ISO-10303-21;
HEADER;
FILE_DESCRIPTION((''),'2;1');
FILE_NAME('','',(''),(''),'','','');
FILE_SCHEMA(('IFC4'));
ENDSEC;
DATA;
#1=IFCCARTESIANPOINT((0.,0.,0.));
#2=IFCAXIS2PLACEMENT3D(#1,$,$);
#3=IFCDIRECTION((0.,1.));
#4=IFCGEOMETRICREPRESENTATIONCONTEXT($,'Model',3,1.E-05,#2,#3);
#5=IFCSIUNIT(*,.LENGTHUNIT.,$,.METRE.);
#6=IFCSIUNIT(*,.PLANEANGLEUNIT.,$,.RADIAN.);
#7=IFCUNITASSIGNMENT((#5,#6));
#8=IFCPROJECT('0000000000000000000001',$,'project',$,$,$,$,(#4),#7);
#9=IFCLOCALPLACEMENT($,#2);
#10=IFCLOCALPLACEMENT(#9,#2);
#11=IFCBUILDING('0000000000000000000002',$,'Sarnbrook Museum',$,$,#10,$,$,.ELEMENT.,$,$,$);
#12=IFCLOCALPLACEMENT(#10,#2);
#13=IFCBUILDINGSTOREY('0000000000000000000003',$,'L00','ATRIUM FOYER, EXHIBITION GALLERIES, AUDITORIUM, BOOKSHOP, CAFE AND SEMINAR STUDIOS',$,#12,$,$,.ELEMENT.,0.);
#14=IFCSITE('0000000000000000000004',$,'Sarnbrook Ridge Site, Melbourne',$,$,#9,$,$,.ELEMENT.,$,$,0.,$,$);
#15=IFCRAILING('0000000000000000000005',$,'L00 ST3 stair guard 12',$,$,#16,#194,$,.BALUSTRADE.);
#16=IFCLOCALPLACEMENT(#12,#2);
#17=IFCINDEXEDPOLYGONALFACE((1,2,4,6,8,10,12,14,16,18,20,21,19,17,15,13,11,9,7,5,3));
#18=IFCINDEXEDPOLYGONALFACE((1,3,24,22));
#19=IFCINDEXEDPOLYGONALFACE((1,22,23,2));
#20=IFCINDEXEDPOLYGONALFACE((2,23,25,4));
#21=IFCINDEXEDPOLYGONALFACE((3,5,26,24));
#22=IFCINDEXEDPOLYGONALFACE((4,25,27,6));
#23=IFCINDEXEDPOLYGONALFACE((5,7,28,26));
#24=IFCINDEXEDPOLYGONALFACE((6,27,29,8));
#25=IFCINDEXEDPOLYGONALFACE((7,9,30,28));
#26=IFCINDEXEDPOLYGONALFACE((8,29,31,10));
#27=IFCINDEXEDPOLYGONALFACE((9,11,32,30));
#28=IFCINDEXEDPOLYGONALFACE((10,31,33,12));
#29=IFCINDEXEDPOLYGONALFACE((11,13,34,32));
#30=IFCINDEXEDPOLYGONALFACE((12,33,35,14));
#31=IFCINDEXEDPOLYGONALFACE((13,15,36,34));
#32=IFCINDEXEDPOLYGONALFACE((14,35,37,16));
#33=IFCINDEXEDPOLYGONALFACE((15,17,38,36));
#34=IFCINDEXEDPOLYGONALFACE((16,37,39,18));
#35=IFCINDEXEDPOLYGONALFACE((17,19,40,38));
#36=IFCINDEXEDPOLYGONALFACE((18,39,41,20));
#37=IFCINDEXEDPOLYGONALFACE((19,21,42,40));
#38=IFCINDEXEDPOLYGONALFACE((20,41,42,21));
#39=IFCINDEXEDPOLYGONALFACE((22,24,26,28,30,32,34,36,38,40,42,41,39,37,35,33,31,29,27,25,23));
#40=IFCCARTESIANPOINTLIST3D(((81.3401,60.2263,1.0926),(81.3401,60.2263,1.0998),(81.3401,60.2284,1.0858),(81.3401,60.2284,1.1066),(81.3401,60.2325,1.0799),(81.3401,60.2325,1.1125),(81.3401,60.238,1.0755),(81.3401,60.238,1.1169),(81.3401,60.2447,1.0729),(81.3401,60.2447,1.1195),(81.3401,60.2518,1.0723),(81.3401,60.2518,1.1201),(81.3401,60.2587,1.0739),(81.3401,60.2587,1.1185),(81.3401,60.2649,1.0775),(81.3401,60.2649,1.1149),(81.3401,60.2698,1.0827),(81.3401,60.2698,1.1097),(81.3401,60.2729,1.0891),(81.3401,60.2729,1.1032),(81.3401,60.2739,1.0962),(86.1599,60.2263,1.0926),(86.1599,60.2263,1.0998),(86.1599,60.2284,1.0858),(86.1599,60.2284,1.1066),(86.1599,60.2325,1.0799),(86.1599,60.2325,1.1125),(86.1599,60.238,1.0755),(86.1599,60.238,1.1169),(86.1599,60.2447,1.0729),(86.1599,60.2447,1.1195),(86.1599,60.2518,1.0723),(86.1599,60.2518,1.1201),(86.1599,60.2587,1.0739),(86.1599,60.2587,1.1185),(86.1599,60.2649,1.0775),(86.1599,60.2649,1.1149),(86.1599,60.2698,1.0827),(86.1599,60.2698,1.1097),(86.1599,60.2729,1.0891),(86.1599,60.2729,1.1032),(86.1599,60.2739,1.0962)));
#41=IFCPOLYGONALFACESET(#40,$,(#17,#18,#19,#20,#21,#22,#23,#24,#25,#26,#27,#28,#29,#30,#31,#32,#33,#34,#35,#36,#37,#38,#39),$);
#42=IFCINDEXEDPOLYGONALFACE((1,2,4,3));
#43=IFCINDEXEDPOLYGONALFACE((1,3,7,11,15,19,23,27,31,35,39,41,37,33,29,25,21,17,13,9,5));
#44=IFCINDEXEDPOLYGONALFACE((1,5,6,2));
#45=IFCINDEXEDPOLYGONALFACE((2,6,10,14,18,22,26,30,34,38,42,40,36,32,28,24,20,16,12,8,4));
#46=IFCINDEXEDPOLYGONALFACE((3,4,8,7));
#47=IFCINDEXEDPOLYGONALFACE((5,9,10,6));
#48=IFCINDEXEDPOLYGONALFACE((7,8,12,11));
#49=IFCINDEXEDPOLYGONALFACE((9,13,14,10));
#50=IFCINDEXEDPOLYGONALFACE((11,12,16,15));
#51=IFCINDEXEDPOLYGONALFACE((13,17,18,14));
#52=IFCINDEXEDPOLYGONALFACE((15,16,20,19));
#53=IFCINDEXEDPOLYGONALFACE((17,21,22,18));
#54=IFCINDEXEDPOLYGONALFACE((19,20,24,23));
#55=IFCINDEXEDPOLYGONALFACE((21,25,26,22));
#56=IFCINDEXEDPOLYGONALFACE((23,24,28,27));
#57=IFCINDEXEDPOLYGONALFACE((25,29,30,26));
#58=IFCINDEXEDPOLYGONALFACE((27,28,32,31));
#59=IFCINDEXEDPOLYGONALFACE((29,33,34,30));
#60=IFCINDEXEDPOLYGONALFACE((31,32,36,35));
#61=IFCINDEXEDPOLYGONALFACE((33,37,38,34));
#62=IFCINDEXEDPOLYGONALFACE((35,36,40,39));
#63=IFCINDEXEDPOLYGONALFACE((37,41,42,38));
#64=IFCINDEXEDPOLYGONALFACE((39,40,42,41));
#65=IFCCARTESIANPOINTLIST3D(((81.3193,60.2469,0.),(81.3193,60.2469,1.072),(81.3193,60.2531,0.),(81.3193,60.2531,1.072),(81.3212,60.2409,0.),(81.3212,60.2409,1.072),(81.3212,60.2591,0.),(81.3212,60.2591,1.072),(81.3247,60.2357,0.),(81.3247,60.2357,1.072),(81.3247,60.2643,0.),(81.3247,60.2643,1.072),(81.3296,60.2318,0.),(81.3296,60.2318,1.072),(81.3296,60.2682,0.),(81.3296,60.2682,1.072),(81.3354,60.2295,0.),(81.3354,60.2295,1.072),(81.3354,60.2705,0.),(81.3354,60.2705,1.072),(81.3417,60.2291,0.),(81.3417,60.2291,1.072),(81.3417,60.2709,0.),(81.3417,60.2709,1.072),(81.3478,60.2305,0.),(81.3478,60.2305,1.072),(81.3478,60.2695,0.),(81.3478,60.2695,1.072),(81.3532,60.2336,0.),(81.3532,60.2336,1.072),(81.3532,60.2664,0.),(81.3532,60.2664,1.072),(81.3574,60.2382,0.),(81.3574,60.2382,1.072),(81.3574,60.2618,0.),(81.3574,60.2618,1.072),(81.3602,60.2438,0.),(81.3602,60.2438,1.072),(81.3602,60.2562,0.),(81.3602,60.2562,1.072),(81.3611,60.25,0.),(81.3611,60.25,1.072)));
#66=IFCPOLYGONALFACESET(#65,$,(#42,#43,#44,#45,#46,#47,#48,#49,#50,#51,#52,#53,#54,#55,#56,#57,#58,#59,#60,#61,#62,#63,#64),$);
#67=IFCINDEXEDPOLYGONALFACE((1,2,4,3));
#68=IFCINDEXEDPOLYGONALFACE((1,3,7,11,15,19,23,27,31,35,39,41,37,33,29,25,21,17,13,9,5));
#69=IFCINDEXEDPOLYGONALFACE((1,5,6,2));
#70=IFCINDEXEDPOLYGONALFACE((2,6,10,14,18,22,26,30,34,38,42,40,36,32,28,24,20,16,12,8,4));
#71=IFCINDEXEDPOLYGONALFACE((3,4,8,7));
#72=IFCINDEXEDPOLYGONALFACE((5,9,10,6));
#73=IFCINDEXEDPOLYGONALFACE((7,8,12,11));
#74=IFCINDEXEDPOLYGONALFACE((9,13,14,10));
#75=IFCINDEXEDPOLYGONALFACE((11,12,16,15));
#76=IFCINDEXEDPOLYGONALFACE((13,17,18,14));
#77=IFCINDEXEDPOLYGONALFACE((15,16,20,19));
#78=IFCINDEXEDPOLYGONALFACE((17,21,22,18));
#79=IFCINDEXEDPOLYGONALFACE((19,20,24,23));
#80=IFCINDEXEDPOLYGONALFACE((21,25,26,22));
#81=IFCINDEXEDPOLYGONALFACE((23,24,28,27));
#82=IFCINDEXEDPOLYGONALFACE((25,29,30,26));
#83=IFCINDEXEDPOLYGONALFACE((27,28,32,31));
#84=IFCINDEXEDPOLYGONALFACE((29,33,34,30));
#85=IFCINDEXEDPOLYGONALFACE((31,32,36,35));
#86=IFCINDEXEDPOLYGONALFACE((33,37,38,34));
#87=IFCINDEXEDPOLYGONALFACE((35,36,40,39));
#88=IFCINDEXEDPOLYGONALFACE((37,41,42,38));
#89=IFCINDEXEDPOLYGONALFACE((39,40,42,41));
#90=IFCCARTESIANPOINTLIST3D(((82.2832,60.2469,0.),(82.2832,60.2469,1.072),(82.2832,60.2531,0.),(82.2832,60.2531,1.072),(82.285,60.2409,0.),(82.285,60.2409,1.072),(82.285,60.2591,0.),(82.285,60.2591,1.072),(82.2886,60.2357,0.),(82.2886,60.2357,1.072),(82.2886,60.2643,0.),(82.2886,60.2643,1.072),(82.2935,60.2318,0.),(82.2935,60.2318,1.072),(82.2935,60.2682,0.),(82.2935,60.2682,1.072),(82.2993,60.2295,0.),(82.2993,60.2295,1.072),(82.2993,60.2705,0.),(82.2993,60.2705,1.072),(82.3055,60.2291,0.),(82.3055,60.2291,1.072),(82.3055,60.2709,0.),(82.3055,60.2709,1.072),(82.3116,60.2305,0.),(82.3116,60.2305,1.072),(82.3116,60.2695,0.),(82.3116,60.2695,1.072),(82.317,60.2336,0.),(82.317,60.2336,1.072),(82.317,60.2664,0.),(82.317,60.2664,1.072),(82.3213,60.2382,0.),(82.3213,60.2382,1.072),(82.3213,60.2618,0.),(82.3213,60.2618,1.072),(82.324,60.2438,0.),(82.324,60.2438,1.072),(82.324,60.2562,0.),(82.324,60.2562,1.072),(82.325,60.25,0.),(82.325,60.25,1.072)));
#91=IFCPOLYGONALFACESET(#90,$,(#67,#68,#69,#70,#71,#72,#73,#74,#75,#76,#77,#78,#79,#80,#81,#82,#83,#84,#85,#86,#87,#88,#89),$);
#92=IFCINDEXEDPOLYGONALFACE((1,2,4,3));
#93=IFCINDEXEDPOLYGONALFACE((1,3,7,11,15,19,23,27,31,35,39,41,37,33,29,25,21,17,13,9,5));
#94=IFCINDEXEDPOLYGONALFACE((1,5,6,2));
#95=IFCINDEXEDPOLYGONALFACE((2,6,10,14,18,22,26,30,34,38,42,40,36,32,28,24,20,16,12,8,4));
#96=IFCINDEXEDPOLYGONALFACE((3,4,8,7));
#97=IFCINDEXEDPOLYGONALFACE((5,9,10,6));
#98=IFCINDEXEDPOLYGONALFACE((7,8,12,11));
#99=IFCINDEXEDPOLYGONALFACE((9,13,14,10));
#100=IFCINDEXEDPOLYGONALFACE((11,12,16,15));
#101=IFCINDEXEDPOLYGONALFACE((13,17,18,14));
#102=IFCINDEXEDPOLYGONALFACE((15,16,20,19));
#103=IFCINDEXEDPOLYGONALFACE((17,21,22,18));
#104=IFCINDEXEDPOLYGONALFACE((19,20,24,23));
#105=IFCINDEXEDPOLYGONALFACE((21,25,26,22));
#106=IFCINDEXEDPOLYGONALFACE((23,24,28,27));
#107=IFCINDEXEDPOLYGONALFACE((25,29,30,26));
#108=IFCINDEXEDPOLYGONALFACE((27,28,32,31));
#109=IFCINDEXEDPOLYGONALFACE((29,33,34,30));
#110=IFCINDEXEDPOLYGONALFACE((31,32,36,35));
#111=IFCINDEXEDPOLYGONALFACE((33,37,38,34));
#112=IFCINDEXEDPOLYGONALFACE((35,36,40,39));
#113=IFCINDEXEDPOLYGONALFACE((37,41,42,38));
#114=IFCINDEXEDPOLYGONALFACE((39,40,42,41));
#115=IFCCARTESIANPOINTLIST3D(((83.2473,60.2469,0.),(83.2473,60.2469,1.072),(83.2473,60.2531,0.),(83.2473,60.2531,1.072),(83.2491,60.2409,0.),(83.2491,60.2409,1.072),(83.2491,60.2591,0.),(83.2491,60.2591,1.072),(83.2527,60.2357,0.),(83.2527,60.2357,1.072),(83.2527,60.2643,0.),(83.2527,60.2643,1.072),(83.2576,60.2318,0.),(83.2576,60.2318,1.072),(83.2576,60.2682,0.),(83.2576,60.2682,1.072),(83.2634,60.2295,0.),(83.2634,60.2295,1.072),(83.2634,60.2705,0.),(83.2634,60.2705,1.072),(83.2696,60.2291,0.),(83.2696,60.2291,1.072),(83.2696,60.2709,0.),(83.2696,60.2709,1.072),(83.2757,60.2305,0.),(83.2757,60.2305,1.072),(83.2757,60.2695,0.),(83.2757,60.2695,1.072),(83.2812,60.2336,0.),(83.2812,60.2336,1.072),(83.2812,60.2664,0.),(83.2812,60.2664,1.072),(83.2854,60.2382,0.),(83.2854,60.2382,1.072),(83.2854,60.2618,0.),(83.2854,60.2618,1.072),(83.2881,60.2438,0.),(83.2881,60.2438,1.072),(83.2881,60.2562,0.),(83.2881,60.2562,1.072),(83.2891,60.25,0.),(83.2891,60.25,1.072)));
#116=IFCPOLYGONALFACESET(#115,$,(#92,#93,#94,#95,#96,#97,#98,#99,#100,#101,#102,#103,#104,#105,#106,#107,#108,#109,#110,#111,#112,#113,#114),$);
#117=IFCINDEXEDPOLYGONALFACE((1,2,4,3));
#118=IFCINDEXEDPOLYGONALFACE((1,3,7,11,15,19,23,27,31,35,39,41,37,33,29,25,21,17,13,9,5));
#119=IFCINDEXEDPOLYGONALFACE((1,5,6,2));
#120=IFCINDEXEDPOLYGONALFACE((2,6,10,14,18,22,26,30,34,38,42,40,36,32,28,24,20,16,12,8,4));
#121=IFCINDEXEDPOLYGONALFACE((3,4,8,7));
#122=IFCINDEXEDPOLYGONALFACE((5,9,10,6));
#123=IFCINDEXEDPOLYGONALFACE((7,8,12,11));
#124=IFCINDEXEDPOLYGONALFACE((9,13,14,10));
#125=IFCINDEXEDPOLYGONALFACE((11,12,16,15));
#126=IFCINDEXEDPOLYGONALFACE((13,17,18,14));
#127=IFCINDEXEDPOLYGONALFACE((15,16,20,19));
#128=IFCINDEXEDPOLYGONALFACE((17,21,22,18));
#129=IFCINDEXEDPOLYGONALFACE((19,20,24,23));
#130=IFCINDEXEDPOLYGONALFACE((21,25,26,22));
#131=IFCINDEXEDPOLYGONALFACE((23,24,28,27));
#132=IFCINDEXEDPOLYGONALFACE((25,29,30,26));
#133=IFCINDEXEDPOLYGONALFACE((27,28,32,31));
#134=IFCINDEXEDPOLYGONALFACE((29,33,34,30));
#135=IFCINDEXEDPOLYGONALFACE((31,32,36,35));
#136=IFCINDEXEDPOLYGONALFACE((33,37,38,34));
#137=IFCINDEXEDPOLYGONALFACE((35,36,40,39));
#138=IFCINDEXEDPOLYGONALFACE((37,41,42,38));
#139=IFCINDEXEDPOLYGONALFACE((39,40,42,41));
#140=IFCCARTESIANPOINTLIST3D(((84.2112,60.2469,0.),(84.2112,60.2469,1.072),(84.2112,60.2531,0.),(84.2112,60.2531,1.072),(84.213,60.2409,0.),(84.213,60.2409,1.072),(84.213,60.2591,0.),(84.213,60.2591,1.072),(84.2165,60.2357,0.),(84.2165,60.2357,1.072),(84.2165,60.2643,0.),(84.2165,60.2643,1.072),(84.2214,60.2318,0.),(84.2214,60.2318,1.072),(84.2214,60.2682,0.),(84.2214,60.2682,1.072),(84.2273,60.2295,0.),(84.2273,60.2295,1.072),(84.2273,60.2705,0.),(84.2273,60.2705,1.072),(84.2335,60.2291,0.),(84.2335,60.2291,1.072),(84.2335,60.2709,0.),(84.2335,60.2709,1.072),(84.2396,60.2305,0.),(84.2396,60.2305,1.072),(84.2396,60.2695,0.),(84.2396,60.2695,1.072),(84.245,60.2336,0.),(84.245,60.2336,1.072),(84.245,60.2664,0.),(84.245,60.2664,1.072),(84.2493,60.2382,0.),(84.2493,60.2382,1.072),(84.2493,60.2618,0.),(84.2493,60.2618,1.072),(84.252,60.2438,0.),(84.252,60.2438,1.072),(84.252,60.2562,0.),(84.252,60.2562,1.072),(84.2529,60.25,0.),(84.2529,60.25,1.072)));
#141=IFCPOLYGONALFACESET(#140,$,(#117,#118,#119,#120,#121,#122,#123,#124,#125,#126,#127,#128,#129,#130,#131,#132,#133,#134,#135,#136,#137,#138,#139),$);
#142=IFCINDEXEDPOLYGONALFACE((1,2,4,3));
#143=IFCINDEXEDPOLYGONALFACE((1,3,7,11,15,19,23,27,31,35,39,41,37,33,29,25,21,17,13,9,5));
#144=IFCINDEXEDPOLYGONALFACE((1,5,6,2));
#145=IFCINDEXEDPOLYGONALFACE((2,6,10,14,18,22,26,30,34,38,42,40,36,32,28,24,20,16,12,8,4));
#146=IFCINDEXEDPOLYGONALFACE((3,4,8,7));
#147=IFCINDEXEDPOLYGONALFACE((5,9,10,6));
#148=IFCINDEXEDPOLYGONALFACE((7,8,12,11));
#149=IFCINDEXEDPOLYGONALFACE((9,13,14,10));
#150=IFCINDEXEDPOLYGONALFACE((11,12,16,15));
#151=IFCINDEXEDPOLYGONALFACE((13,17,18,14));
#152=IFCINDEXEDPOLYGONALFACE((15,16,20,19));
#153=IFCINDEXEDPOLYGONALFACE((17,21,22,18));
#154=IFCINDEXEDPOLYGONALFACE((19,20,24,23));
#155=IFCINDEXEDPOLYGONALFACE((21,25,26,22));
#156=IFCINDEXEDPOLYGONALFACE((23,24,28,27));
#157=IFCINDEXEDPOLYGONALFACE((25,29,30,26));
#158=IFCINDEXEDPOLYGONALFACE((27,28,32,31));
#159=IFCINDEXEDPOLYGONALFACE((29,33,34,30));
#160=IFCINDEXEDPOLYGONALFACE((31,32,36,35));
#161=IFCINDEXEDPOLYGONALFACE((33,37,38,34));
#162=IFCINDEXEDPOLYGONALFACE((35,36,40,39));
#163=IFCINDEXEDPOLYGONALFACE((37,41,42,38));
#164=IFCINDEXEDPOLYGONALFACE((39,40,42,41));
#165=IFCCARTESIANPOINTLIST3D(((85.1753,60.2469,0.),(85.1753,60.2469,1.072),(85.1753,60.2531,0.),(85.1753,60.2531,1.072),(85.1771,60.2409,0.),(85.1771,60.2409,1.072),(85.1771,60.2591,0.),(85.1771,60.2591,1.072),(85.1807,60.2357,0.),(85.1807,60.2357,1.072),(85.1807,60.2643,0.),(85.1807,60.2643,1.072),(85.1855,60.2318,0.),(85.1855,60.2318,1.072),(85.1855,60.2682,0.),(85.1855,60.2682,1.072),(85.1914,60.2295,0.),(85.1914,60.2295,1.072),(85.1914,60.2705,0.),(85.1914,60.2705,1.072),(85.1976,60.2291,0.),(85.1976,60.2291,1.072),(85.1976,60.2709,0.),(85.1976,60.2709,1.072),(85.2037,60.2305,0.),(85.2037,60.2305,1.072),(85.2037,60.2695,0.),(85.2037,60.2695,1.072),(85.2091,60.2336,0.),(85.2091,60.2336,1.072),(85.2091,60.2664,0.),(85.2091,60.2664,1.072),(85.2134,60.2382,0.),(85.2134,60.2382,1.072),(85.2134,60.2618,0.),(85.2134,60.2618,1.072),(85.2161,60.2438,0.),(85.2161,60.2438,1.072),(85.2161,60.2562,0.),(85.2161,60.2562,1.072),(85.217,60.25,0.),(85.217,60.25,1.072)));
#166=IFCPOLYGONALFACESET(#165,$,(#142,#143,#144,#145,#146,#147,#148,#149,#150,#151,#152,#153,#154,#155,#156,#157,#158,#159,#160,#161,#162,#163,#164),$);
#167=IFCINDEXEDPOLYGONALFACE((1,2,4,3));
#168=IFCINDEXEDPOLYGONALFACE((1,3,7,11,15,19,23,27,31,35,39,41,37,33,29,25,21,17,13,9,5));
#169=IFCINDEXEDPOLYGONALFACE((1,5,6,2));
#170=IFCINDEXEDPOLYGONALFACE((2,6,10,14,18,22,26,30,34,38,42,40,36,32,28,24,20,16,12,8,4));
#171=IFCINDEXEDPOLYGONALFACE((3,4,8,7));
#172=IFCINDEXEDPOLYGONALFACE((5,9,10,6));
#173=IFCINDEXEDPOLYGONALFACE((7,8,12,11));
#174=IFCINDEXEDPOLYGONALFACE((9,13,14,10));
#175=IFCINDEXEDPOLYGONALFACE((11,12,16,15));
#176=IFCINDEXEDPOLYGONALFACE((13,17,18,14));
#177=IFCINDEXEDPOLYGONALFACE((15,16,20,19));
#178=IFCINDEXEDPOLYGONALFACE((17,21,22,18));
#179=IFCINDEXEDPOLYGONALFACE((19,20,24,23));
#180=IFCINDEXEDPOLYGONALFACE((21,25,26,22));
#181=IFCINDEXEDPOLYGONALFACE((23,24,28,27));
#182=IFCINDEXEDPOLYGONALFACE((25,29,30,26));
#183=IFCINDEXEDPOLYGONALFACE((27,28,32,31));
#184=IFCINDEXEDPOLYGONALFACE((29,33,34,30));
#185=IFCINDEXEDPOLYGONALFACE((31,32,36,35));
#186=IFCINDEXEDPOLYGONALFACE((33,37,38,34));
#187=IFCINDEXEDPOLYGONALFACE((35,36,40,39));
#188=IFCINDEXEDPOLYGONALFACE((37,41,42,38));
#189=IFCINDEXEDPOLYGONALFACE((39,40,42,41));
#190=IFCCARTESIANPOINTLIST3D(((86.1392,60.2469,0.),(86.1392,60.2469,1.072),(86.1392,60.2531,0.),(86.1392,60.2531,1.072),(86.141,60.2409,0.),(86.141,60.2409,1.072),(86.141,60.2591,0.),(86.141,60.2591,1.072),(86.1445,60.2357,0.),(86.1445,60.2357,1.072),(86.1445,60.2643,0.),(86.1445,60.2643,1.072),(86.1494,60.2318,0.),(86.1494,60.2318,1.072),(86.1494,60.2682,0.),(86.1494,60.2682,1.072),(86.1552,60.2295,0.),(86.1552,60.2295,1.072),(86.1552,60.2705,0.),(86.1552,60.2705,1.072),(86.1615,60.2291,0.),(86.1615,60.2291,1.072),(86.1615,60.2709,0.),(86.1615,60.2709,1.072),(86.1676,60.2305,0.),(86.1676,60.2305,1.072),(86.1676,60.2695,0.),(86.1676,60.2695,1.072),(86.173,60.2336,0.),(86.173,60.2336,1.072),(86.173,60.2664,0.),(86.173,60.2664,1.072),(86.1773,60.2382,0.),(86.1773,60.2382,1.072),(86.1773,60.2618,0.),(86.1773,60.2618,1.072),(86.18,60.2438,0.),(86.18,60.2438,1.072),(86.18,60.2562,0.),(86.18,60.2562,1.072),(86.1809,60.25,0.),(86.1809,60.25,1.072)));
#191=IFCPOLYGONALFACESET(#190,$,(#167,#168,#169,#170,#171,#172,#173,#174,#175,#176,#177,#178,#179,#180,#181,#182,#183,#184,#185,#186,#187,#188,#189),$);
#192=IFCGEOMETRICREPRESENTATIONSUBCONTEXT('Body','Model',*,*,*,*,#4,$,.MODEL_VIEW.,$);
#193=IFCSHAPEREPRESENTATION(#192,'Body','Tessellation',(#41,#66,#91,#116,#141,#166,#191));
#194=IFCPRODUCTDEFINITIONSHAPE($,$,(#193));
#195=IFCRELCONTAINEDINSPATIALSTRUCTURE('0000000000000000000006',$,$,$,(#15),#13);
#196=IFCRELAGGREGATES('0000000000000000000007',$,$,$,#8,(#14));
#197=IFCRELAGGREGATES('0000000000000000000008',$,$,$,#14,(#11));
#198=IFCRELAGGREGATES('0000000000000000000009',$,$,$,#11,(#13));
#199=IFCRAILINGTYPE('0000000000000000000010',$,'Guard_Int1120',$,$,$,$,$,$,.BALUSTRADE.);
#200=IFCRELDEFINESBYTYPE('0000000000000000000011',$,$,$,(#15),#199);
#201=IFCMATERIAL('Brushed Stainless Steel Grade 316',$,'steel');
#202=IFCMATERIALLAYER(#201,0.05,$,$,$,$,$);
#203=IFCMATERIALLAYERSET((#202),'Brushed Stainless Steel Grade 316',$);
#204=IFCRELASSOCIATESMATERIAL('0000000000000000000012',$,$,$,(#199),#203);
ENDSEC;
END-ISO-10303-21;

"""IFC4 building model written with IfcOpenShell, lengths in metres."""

from ifc_helpers import new_model, si_unit, direction, frame, origin, origin_2d, place, context, subcontext, project, spatial, circle, extrude, material, layer, layer_set, type_object, element, save


model = new_model("IFC4")

# Units and contexts
model_context = context("Model", 3, precision=1e-05, world=origin(), true_north=direction((0.0, 1.0)))
body_context = subcontext(model_context, "Body", "Model", "MODEL_VIEW")
ifc_project = project(units=[si_unit("LENGTHUNIT", "METRE"), si_unit("PLANEANGLEUNIT", "RADIAN")], contexts=[model_context])

# Site, building, storey
site_placement = place(None, origin())
site = spatial("IfcSite", under=ifc_project, at=site_placement, Name="Sarnbrook Ridge Site, Melbourne", CompositionType="ELEMENT", RefElevation=0.0)
building_placement = place(site_placement, origin())
building = spatial("IfcBuilding", under=site, at=building_placement, Name="Sarnbrook Museum", CompositionType="ELEMENT")
storey_placement = place(building_placement, origin())
storey = spatial("IfcBuildingStorey", under=building, at=storey_placement, Name="L00", Description="ATRIUM FOYER, EXHIBITION GALLERIES, AUDITORIUM, BOOKSHOP, CAFE AND SEMINAR STUDIOS", CompositionType="ELEMENT", Elevation=0.0)

# Shared definitions
ifc_material_1 = material(Name="Brushed Stainless Steel Grade 316", Category="steel")

# Railing
ifc_layer_1 = layer(ifc_material_1, 0.05)
ifc_layer_set_1 = layer_set([ifc_layer_1], Name="Brushed Stainless Steel Grade 316")
railing_type_1 = type_object("IfcRailingType", Name="Guard_Int1120", PredefinedType="BALUSTRADE", material=ifc_layer_set_1)
railing_1_placement = place(storey_placement, frame((81.3401, 60.25, 0.0)))
element("IfcRailing", 1, at=railing_1_placement, inside=storey, type_object=railing_type_1, Name="L00 ST3 stair guard 12", PredefinedType="BALUSTRADE", context=body_context, shape_type="SweptSolid", body=[
    extrude(circle(Radius=0.0239, at=origin_2d()), frame((0.0, 0.0, 1.0962), z_axis=(1.0, 0.0, 0.0), x_axis=(0.0, 1.0, 0.0)), (0.0, 0.0, 1.0), 4.8198),
    extrude(circle(Radius=0.021, at=origin_2d()), origin(), (0.0, 0.0, 1.0), 1.072),
    extrude(circle(Radius=0.021, at=origin_2d()), frame((0.9639, 0.0, 0.0)), (0.0, 0.0, 1.0), 1.072),
    extrude(circle(Radius=0.021, at=origin_2d()), frame((1.928, 0.0, 0.0)), (0.0, 0.0, 1.0), 1.072),
    extrude(circle(Radius=0.021, at=origin_2d()), frame((2.8918, 0.0, 0.0)), (0.0, 0.0, 1.0), 1.072),
    extrude(circle(Radius=0.021, at=origin_2d()), frame((3.856, 0.0, 0.0)), (0.0, 0.0, 1.0), 1.072),
    extrude(circle(Radius=0.021, at=origin_2d()), frame((4.8198, 0.0, 0.0)), (0.0, 0.0, 1.0), 1.072),
])

save(model, "model.ifc")
